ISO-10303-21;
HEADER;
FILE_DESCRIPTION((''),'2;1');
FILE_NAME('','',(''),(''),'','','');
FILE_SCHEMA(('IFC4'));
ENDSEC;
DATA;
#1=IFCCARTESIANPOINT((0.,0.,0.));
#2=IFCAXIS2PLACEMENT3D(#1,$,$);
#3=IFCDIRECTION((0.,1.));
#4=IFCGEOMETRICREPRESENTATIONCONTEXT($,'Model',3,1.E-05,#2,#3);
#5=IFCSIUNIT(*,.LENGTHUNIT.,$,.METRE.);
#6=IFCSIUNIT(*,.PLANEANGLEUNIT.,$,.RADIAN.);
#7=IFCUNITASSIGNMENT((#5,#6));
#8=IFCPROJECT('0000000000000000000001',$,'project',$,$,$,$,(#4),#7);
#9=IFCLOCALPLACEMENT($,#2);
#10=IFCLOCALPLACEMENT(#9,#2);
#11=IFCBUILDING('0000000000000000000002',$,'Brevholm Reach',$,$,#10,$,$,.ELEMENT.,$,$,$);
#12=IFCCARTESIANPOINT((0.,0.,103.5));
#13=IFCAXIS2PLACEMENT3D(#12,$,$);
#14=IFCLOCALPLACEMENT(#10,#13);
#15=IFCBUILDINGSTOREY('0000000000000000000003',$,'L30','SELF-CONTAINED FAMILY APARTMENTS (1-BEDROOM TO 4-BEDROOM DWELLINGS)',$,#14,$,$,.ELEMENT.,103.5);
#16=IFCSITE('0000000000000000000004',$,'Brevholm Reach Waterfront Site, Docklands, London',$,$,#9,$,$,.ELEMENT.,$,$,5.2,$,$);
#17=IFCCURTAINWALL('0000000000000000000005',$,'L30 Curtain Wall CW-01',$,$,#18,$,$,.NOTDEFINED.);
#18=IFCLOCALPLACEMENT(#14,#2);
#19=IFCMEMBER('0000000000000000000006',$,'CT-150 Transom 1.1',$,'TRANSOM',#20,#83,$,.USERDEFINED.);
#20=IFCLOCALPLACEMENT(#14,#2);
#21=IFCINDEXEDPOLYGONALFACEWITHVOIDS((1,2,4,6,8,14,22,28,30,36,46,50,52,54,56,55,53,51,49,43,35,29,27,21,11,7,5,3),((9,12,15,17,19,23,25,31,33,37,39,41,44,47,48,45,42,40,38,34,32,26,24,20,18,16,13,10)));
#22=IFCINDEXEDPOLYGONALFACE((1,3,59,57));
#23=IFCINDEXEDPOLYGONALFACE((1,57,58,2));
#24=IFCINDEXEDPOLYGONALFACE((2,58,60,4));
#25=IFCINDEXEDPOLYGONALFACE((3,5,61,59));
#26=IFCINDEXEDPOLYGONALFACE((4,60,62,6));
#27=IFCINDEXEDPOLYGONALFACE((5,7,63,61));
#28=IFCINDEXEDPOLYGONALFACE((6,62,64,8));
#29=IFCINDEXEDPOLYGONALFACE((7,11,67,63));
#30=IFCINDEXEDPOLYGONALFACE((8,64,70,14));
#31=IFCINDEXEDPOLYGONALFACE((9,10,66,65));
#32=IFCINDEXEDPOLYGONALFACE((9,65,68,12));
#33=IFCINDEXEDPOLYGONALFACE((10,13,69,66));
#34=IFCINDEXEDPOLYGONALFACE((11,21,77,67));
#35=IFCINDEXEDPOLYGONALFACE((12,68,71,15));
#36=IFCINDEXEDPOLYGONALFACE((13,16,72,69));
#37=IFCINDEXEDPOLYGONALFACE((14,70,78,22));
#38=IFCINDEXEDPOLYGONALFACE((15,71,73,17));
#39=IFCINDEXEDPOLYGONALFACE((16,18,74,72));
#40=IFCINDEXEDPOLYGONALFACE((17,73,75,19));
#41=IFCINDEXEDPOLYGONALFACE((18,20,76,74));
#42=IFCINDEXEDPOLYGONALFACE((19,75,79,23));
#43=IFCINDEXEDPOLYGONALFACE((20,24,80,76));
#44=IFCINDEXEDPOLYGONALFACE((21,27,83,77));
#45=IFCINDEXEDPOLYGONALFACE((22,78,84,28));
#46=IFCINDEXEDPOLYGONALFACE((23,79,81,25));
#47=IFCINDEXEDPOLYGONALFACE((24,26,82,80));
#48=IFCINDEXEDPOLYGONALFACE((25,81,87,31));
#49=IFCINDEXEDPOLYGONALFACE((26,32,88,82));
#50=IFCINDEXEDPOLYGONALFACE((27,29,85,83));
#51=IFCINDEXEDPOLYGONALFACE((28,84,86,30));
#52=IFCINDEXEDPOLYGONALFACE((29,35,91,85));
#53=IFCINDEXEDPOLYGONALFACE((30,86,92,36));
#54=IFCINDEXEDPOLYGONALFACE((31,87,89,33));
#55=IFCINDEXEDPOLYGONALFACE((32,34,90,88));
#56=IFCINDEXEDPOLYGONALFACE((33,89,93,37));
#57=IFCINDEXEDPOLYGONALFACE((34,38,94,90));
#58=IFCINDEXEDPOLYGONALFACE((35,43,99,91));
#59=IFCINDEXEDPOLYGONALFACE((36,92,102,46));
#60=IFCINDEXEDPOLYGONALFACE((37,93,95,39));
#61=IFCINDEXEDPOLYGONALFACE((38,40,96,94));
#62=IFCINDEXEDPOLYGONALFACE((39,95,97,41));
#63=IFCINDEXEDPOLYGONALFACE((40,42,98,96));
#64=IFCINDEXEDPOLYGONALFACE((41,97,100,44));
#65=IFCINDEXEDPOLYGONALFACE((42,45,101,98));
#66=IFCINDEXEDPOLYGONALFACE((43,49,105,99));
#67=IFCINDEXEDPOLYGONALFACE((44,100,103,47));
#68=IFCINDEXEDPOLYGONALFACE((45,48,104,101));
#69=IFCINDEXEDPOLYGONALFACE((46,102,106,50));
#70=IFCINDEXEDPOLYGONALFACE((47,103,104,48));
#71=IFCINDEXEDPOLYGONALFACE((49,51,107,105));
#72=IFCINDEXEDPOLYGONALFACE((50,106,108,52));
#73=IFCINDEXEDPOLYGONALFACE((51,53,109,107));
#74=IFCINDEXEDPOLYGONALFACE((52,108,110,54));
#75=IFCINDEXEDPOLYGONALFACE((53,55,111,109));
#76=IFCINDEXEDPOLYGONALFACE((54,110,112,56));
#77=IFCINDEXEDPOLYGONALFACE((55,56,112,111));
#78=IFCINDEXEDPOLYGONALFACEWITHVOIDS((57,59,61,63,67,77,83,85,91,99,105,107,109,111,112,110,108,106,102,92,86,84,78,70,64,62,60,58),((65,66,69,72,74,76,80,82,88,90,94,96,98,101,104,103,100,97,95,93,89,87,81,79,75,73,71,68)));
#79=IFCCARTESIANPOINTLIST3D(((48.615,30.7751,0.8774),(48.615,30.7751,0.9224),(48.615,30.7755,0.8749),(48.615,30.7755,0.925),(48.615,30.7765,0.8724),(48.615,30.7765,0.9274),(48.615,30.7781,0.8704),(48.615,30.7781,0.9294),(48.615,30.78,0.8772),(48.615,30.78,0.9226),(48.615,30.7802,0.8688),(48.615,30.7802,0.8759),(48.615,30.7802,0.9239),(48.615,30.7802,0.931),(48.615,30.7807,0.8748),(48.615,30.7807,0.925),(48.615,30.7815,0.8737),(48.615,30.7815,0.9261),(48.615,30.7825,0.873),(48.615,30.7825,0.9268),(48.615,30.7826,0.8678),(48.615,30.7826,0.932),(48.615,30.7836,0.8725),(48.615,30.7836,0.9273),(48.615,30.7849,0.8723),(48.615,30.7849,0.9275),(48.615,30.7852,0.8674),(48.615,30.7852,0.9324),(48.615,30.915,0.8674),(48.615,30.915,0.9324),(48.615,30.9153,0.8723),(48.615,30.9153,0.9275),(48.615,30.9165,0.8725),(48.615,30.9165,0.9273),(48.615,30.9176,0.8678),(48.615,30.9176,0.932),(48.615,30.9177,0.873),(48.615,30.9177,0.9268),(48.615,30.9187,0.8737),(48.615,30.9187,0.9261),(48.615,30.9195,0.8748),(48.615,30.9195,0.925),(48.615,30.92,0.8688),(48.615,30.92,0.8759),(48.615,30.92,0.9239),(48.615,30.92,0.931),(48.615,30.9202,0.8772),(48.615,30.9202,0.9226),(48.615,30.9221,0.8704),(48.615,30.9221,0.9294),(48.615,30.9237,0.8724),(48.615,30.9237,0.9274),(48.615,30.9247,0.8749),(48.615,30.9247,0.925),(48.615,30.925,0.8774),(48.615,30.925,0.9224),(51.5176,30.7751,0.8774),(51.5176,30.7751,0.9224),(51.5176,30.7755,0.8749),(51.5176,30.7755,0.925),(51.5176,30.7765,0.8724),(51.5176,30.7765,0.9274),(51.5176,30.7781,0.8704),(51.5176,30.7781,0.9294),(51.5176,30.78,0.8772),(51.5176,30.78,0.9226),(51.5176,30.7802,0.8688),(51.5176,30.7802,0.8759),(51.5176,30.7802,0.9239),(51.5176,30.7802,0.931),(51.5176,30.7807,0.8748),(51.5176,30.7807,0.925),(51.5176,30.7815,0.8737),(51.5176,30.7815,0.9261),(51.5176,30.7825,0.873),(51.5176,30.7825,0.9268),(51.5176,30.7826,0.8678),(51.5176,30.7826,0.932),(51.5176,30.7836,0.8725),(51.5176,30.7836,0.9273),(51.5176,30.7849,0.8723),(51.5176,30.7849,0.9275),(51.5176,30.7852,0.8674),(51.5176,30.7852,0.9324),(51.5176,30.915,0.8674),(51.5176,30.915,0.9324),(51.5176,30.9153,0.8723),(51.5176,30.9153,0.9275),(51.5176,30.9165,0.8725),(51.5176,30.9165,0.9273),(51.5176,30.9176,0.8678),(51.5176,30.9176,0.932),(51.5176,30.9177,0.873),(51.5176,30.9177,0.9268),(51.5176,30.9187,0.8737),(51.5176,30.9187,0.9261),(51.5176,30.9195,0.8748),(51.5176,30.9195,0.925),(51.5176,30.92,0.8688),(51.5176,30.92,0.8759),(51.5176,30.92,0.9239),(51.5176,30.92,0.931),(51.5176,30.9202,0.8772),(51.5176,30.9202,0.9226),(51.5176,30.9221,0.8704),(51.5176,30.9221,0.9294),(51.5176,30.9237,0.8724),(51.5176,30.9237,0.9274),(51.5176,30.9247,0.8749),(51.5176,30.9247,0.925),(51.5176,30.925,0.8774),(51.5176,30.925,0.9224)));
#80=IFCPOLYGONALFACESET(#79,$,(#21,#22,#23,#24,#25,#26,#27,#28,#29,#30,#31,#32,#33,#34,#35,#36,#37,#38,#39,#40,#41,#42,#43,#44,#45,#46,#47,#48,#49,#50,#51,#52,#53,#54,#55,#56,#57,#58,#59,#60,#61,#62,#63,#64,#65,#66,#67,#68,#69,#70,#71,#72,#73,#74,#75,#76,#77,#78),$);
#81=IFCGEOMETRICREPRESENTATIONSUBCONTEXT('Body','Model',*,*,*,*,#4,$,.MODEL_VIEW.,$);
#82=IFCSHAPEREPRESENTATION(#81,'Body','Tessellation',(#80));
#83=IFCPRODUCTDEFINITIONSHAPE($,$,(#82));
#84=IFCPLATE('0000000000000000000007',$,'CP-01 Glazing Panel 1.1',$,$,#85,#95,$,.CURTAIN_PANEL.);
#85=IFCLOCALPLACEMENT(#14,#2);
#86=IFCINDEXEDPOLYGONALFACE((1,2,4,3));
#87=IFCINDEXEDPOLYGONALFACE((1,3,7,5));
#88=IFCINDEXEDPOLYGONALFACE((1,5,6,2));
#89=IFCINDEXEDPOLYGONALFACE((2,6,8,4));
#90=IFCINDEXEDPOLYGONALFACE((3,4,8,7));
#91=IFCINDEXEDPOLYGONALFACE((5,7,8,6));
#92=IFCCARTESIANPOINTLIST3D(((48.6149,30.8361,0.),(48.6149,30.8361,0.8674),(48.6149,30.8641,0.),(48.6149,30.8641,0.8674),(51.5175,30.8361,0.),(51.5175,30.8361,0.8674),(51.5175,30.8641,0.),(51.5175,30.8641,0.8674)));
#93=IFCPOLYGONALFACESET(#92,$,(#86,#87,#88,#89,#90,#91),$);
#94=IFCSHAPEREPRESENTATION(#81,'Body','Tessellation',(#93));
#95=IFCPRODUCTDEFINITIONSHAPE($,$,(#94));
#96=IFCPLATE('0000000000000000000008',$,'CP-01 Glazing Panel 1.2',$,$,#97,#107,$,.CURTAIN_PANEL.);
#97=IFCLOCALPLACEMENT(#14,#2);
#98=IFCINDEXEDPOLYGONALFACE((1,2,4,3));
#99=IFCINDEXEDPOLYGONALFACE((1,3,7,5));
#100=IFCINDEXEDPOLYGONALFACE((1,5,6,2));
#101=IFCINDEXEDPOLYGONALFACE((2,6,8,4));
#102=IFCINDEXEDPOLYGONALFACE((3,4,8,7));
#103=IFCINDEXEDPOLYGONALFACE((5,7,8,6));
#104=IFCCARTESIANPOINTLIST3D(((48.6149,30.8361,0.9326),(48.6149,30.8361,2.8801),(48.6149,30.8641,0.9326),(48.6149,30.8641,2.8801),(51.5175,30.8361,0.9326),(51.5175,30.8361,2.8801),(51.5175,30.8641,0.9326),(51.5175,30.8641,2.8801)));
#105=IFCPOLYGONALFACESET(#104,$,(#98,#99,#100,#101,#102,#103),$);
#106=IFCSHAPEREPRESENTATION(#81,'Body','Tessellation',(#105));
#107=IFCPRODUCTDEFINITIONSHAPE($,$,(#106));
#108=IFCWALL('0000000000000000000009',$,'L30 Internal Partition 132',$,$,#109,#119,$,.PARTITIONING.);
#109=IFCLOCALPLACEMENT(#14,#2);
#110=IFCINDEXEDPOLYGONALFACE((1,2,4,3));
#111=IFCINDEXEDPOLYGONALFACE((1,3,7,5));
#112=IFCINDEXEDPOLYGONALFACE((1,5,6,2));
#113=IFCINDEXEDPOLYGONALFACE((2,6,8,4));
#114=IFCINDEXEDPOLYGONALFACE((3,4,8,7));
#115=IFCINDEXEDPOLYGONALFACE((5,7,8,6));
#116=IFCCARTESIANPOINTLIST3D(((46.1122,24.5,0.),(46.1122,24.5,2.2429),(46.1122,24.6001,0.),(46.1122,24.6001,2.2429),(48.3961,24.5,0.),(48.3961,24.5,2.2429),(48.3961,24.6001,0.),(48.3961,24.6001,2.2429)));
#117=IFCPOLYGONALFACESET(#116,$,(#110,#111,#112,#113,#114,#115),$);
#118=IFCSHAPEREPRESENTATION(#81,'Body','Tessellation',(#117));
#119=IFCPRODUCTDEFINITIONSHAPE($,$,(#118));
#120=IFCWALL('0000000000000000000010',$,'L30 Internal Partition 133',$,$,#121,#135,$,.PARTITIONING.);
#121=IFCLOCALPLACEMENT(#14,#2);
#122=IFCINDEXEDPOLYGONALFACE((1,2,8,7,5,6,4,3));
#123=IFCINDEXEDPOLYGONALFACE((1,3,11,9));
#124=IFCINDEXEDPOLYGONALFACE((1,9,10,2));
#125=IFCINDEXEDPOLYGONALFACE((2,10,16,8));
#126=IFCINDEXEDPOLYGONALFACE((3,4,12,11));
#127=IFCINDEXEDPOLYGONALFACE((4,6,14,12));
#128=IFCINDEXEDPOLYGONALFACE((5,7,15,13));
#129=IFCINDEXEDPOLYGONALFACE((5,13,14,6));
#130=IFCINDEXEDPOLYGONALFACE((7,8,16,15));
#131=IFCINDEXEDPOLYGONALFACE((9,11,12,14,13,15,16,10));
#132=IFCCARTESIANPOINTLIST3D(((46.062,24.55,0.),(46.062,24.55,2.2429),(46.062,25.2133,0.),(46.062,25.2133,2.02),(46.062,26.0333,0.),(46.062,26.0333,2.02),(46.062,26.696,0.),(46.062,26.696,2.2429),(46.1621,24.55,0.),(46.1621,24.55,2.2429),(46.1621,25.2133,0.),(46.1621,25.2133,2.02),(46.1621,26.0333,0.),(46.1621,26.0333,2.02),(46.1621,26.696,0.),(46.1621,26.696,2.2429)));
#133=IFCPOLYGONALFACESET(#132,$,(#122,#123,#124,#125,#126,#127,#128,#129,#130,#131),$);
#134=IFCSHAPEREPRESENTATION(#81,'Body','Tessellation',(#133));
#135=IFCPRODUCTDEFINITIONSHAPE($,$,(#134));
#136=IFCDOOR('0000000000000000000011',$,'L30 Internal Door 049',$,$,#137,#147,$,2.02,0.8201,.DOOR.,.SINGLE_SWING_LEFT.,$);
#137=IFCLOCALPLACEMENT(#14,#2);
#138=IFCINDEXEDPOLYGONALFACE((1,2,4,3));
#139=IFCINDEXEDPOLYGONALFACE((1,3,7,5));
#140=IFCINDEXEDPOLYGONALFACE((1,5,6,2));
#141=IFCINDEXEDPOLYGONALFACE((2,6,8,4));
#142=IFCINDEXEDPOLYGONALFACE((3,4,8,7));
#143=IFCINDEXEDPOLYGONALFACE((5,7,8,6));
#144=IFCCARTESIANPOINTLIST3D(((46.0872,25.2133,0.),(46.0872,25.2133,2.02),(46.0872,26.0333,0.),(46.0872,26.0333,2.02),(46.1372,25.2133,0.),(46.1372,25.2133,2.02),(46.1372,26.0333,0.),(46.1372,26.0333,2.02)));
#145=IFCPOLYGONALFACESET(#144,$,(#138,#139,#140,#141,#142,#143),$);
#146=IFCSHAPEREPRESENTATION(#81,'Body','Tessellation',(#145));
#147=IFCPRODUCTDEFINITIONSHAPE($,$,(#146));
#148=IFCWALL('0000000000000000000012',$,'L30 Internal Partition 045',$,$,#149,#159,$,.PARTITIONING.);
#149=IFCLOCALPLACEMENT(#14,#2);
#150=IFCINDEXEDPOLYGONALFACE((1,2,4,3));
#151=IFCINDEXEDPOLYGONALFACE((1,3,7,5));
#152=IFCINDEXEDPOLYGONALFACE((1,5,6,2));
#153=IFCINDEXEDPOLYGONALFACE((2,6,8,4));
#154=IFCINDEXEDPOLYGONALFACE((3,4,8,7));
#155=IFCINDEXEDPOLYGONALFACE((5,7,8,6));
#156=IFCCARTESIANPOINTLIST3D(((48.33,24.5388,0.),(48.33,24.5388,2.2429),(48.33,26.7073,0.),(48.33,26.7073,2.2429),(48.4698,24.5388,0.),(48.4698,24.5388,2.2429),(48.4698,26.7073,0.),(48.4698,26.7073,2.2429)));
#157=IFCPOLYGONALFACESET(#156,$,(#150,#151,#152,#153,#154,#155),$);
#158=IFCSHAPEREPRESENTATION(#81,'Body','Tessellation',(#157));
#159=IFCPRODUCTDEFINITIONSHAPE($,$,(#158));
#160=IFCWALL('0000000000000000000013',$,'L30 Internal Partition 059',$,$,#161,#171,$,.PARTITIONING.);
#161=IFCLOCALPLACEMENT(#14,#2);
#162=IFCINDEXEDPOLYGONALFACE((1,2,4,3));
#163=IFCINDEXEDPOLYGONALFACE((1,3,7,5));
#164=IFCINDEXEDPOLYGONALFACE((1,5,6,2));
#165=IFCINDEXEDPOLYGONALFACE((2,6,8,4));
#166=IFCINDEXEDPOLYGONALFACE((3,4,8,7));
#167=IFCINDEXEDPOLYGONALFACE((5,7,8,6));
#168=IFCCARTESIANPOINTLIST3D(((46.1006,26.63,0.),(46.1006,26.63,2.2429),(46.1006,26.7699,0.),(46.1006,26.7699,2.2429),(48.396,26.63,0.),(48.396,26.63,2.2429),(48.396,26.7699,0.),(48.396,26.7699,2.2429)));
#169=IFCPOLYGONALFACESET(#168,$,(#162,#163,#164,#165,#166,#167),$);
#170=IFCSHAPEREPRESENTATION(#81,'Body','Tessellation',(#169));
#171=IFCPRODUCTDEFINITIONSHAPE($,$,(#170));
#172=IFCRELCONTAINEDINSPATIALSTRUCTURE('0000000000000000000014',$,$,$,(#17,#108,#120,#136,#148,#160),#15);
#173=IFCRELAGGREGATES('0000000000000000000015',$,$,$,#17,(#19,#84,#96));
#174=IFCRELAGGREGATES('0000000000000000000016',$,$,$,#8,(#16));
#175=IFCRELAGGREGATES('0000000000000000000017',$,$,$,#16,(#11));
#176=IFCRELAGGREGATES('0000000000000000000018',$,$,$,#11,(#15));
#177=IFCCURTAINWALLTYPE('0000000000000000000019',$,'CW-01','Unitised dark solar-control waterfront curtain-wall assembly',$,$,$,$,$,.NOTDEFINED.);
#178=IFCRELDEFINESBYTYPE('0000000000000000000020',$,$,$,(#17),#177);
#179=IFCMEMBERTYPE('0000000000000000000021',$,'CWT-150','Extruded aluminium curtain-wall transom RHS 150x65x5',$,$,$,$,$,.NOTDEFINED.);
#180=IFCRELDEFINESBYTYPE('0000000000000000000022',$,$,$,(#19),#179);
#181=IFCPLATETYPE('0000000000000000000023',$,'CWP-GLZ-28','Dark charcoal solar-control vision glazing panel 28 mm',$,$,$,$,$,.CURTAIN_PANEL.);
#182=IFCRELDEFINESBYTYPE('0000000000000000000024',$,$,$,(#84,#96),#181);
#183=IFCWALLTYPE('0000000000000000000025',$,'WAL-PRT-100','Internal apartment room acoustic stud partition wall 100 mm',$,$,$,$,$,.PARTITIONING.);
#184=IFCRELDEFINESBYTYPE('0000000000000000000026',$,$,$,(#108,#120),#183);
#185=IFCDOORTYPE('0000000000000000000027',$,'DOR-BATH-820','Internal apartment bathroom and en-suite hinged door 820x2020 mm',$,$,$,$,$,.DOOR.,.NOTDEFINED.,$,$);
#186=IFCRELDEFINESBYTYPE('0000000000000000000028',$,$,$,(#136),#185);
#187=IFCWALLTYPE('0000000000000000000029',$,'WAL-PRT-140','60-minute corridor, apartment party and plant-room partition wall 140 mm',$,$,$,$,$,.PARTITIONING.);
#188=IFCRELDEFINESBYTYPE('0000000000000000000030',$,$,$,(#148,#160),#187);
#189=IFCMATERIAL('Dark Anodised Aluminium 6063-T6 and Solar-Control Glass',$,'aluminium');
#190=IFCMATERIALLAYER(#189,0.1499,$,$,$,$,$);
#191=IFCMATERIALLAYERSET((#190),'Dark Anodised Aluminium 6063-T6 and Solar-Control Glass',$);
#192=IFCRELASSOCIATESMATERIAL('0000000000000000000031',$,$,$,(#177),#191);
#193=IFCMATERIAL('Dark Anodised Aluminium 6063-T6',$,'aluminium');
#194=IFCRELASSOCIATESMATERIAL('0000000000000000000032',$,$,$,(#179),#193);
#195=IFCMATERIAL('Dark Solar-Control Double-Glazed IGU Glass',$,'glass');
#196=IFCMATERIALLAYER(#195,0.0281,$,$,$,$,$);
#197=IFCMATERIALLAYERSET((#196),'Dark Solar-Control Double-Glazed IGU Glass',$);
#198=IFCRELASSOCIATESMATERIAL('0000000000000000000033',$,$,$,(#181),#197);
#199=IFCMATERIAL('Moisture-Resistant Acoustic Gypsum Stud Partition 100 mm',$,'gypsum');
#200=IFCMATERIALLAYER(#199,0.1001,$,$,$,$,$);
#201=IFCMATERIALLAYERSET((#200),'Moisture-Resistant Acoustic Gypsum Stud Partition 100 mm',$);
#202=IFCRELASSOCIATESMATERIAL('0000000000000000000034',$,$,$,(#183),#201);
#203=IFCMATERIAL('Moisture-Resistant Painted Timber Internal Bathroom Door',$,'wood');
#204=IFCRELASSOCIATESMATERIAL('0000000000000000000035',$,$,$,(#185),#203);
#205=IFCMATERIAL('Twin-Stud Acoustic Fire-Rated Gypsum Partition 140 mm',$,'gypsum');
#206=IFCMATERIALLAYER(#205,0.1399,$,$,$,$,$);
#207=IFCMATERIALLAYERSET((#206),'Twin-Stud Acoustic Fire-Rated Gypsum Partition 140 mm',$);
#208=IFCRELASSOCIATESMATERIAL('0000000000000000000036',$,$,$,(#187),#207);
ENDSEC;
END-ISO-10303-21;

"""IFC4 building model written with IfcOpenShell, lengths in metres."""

from ifc_helpers import new_model, si_unit, direction, frame, frame_2d, origin, origin_2d, place, context, subcontext, project, spatial, rectangle, hollow_rectangle, extrude, material, layer, layer_set, material_profile, profile_set, type_object, element, fill, aggregate, save


model = new_model("IFC4")

# Units and contexts
model_context = context("Model", 3, precision=1e-05, world=origin(), true_north=direction((0.0, 1.0)))
body_context = subcontext(model_context, "Body", "Model", "MODEL_VIEW")
ifc_project = project(units=[si_unit("LENGTHUNIT", "METRE"), si_unit("PLANEANGLEUNIT", "RADIAN")], contexts=[model_context])

# Site, building, storey
site_placement = place(None, origin())
site = spatial("IfcSite", under=ifc_project, at=site_placement, Name="Brevholm Reach Waterfront Site, Docklands, London", CompositionType="ELEMENT", RefElevation=5.2)
building_placement = place(site_placement, origin())
building = spatial("IfcBuilding", under=site, at=building_placement, Name="Brevholm Reach", CompositionType="ELEMENT")
storey_placement = place(building_placement, frame((0.0, 0.0, 103.5)))
storey = spatial("IfcBuildingStorey", under=building, at=storey_placement, Name="L30", Description="SELF-CONTAINED FAMILY APARTMENTS (1-BEDROOM TO 4-BEDROOM DWELLINGS)", CompositionType="ELEMENT", Elevation=103.5)

# Curtain wall, member, plates
ifc_material_1 = material(Name="Dark Anodised Aluminium 6063-T6 and Solar-Control Glass", Category="aluminium")
ifc_layer_1 = layer(ifc_material_1, 0.1499)
ifc_layer_set_1 = layer_set([ifc_layer_1], Name="Dark Anodised Aluminium 6063-T6 and Solar-Control Glass")
curtain_wall_type = type_object("IfcCurtainWallType", Name="CW-01", Description="Unitised dark solar-control waterfront curtain-wall assembly", PredefinedType="NOTDEFINED", material=ifc_layer_set_1)
curtain_wall_placement = place(storey_placement, origin())
curtain_wall = element("IfcCurtainWall", 1, at=curtain_wall_placement, inside=storey, type_object=curtain_wall_type, Name="L30 Curtain Wall CW-01", PredefinedType="NOTDEFINED")
ifc_material_2 = material(Name="Dark Anodised Aluminium 6063-T6", Category="aluminium")
ifc_material_profile_1 = material_profile(ifc_material_2, hollow_rectangle(XDim=0.0649, YDim=0.1499, WallThickness=0.0049, InnerFilletRadius=0.0049, OuterFilletRadius=0.01, at=origin_2d()), Name="RHS 150x65x5")
ifc_profile_set_1 = profile_set([ifc_material_profile_1], Name="Dark Anodised Aluminium 6063-T6")
member_type_1 = type_object("IfcMemberType", Name="CWT-150", Description="Extruded aluminium curtain-wall transom RHS 150x65x5", PredefinedType="NOTDEFINED", material=ifc_profile_set_1)
member_1_placement = place(storey_placement, frame((48.615, 30.8501, 0.8999), z_axis=(1.0, 0.0, 0.0), x_axis=(0.0, 0.0, 1.0)))
member_1 = element("IfcMember", 2, at=member_1_placement, type_object=member_type_1, Name="CT-150 Transom 1.1", ObjectType="TRANSOM", PredefinedType="USERDEFINED", context=body_context, shape_type="SweptSolid", body=[
    extrude(hollow_rectangle(XDim=0.0649, YDim=0.1499, WallThickness=0.0049, InnerFilletRadius=0.0049, OuterFilletRadius=0.01, at=origin_2d()), origin(), (0.0, 0.0, 1.0), 2.9026),
])
ifc_material_3 = material(Name="Dark Solar-Control Double-Glazed IGU Glass", Category="glass")
ifc_layer_2 = layer(ifc_material_3, 0.0281)
ifc_layer_set_2 = layer_set([ifc_layer_2], Name="Dark Solar-Control Double-Glazed IGU Glass")
plate_type = type_object("IfcPlateType", Name="CWP-GLZ-28", Description="Dark charcoal solar-control vision glazing panel 28 mm", PredefinedType="CURTAIN_PANEL", material=ifc_layer_set_2)
plate_1_placement = place(storey_placement, frame((50.0662, 30.8501, 0.0), z_axis=(0.0, 0.0, 1.0), x_axis=(1.0, 0.0, 0.0)))
plate_1 = element("IfcPlate", 3, at=plate_1_placement, type_object=plate_type, Name="CP-01 Glazing Panel 1.1", PredefinedType="CURTAIN_PANEL", context=body_context, shape_type="SweptSolid", body=[
    extrude(rectangle(XDim=2.9026, YDim=0.0281, at=origin_2d()), origin(), (0.0, 0.0, 1.0), 0.8674),
])
plate_2_placement = place(storey_placement, frame((50.0662, 30.8501, 0.9326), z_axis=(0.0, 0.0, 1.0), x_axis=(1.0, 0.0, 0.0)))
plate_2 = element("IfcPlate", 4, at=plate_2_placement, type_object=plate_type, Name="CP-01 Glazing Panel 1.2", PredefinedType="CURTAIN_PANEL", context=body_context, shape_type="SweptSolid", body=[
    extrude(rectangle(XDim=2.9026, YDim=0.0281, at=origin_2d()), origin(), (0.0, 0.0, 1.0), 1.9475),
])
aggregate(curtain_wall, [member_1, plate_1, plate_2])

# Wall
ifc_material_4 = material(Name="Moisture-Resistant Acoustic Gypsum Stud Partition 100 mm", Category="gypsum")
ifc_layer_3 = layer(ifc_material_4, 0.1001)
ifc_layer_set_3 = layer_set([ifc_layer_3], Name="Moisture-Resistant Acoustic Gypsum Stud Partition 100 mm")
wall_type_1 = type_object("IfcWallType", Name="WAL-PRT-100", Description="Internal apartment room acoustic stud partition wall 100 mm", PredefinedType="PARTITIONING", material=ifc_layer_set_3)
wall_1_placement = place(storey_placement, frame((46.1121, 24.55, 0.0), z_axis=(0.0, 0.0, 1.0), x_axis=(1.0, 0.0, 0.0)))
element("IfcWall", 5, at=wall_1_placement, inside=storey, type_object=wall_type_1, Name="L30 Internal Partition 132", PredefinedType="PARTITIONING", context=body_context, shape_type="SweptSolid", body=[
    extrude(rectangle(XDim=2.2839, YDim=0.1001, at=frame_2d((1.1421, 0.0))), origin(), (0.0, 0.0, 1.0), 2.2429),
])

# Wall, opening, door
wall_2_placement = place(storey_placement, frame((46.1121, 24.55, 0.0), z_axis=(0.0, 0.0, 1.0), x_axis=(0.0, 1.0, 0.0)))
wall_2 = element("IfcWall", 6, at=wall_2_placement, inside=storey, type_object=wall_type_1, Name="L30 Internal Partition 133", PredefinedType="PARTITIONING", context=body_context, shape_type="SweptSolid", body=[
    extrude(rectangle(XDim=2.146, YDim=0.1001, at=frame_2d((1.073, 0.0))), origin(), (0.0, 0.0, 1.0), 2.2429),
])
opening_placement = place(wall_2_placement, frame((0.6631, 0.0, 0.0)))
opening = element("IfcOpeningElement", 7, at=opening_placement, cuts=wall_2, PredefinedType="OPENING", context=body_context, shape_type="SweptSolid", body=[
    extrude(rectangle(XDim=0.8201, YDim=2.02, at=frame_2d((0.4102, 1.01))), frame((0.0, 0.0601, 0.0), z_axis=(0.0, -1.0, 0.0), x_axis=(1.0, 0.0, 0.0)), (0.0, 0.0, 1.0), 0.1201),
])
ifc_material_5 = material(Name="Moisture-Resistant Painted Timber Internal Bathroom Door", Category="wood")
door_type = type_object("IfcDoorType", Name="DOR-BATH-820", Description="Internal apartment bathroom and en-suite hinged door 820x2020 mm", OperationType="NOTDEFINED", PredefinedType="DOOR", material=ifc_material_5)
door_placement = place(opening_placement, origin())
door = element("IfcDoor", 8, at=door_placement, inside=storey, type_object=door_type, Name="L30 Internal Door 049", OperationType="SINGLE_SWING_LEFT", OverallHeight=2.02, OverallWidth=0.8201, PredefinedType="DOOR", context=body_context, shape_type="SweptSolid", body=[
    extrude(rectangle(XDim=0.8201, YDim=2.02, at=frame_2d((0.4102, 1.01))), frame((0.0, 0.0249, 0.0), z_axis=(0.0, -1.0, 0.0), x_axis=(1.0, 0.0, 0.0)), (0.0, 0.0, 1.0), 0.05),
])
fill(opening, door)

# Walls
ifc_material_6 = material(Name="Twin-Stud Acoustic Fire-Rated Gypsum Partition 140 mm", Category="gypsum")
ifc_layer_4 = layer(ifc_material_6, 0.1399)
ifc_layer_set_4 = layer_set([ifc_layer_4], Name="Twin-Stud Acoustic Fire-Rated Gypsum Partition 140 mm")
wall_type_2 = type_object("IfcWallType", Name="WAL-PRT-140", Description="60-minute corridor, apartment party and plant-room partition wall 140 mm", PredefinedType="PARTITIONING", material=ifc_layer_set_4)
wall_3_placement = place(storey_placement, frame((48.3999, 24.5388, 0.0), z_axis=(0.0, 0.0, 1.0), x_axis=(0.0, 1.0, 0.0)))
element("IfcWall", 9, at=wall_3_placement, inside=storey, type_object=wall_type_2, Name="L30 Internal Partition 045", PredefinedType="PARTITIONING", context=body_context, shape_type="SweptSolid", body=[
    extrude(rectangle(XDim=2.1685, YDim=0.1399, at=frame_2d((1.0842, 0.0))), origin(), (0.0, 0.0, 1.0), 2.2429),
])
wall_4_placement = place(storey_placement, frame((46.1006, 26.7, 0.0), z_axis=(0.0, 0.0, 1.0), x_axis=(1.0, 0.0, 0.0)))
element("IfcWall", 10, at=wall_4_placement, inside=storey, type_object=wall_type_2, Name="L30 Internal Partition 059", PredefinedType="PARTITIONING", context=body_context, shape_type="SweptSolid", body=[
    extrude(rectangle(XDim=2.2954, YDim=0.1399, at=frame_2d((1.1477, 0.0))), origin(), (0.0, 0.0, 1.0), 2.2429),
])

save(model, "model.ifc")
